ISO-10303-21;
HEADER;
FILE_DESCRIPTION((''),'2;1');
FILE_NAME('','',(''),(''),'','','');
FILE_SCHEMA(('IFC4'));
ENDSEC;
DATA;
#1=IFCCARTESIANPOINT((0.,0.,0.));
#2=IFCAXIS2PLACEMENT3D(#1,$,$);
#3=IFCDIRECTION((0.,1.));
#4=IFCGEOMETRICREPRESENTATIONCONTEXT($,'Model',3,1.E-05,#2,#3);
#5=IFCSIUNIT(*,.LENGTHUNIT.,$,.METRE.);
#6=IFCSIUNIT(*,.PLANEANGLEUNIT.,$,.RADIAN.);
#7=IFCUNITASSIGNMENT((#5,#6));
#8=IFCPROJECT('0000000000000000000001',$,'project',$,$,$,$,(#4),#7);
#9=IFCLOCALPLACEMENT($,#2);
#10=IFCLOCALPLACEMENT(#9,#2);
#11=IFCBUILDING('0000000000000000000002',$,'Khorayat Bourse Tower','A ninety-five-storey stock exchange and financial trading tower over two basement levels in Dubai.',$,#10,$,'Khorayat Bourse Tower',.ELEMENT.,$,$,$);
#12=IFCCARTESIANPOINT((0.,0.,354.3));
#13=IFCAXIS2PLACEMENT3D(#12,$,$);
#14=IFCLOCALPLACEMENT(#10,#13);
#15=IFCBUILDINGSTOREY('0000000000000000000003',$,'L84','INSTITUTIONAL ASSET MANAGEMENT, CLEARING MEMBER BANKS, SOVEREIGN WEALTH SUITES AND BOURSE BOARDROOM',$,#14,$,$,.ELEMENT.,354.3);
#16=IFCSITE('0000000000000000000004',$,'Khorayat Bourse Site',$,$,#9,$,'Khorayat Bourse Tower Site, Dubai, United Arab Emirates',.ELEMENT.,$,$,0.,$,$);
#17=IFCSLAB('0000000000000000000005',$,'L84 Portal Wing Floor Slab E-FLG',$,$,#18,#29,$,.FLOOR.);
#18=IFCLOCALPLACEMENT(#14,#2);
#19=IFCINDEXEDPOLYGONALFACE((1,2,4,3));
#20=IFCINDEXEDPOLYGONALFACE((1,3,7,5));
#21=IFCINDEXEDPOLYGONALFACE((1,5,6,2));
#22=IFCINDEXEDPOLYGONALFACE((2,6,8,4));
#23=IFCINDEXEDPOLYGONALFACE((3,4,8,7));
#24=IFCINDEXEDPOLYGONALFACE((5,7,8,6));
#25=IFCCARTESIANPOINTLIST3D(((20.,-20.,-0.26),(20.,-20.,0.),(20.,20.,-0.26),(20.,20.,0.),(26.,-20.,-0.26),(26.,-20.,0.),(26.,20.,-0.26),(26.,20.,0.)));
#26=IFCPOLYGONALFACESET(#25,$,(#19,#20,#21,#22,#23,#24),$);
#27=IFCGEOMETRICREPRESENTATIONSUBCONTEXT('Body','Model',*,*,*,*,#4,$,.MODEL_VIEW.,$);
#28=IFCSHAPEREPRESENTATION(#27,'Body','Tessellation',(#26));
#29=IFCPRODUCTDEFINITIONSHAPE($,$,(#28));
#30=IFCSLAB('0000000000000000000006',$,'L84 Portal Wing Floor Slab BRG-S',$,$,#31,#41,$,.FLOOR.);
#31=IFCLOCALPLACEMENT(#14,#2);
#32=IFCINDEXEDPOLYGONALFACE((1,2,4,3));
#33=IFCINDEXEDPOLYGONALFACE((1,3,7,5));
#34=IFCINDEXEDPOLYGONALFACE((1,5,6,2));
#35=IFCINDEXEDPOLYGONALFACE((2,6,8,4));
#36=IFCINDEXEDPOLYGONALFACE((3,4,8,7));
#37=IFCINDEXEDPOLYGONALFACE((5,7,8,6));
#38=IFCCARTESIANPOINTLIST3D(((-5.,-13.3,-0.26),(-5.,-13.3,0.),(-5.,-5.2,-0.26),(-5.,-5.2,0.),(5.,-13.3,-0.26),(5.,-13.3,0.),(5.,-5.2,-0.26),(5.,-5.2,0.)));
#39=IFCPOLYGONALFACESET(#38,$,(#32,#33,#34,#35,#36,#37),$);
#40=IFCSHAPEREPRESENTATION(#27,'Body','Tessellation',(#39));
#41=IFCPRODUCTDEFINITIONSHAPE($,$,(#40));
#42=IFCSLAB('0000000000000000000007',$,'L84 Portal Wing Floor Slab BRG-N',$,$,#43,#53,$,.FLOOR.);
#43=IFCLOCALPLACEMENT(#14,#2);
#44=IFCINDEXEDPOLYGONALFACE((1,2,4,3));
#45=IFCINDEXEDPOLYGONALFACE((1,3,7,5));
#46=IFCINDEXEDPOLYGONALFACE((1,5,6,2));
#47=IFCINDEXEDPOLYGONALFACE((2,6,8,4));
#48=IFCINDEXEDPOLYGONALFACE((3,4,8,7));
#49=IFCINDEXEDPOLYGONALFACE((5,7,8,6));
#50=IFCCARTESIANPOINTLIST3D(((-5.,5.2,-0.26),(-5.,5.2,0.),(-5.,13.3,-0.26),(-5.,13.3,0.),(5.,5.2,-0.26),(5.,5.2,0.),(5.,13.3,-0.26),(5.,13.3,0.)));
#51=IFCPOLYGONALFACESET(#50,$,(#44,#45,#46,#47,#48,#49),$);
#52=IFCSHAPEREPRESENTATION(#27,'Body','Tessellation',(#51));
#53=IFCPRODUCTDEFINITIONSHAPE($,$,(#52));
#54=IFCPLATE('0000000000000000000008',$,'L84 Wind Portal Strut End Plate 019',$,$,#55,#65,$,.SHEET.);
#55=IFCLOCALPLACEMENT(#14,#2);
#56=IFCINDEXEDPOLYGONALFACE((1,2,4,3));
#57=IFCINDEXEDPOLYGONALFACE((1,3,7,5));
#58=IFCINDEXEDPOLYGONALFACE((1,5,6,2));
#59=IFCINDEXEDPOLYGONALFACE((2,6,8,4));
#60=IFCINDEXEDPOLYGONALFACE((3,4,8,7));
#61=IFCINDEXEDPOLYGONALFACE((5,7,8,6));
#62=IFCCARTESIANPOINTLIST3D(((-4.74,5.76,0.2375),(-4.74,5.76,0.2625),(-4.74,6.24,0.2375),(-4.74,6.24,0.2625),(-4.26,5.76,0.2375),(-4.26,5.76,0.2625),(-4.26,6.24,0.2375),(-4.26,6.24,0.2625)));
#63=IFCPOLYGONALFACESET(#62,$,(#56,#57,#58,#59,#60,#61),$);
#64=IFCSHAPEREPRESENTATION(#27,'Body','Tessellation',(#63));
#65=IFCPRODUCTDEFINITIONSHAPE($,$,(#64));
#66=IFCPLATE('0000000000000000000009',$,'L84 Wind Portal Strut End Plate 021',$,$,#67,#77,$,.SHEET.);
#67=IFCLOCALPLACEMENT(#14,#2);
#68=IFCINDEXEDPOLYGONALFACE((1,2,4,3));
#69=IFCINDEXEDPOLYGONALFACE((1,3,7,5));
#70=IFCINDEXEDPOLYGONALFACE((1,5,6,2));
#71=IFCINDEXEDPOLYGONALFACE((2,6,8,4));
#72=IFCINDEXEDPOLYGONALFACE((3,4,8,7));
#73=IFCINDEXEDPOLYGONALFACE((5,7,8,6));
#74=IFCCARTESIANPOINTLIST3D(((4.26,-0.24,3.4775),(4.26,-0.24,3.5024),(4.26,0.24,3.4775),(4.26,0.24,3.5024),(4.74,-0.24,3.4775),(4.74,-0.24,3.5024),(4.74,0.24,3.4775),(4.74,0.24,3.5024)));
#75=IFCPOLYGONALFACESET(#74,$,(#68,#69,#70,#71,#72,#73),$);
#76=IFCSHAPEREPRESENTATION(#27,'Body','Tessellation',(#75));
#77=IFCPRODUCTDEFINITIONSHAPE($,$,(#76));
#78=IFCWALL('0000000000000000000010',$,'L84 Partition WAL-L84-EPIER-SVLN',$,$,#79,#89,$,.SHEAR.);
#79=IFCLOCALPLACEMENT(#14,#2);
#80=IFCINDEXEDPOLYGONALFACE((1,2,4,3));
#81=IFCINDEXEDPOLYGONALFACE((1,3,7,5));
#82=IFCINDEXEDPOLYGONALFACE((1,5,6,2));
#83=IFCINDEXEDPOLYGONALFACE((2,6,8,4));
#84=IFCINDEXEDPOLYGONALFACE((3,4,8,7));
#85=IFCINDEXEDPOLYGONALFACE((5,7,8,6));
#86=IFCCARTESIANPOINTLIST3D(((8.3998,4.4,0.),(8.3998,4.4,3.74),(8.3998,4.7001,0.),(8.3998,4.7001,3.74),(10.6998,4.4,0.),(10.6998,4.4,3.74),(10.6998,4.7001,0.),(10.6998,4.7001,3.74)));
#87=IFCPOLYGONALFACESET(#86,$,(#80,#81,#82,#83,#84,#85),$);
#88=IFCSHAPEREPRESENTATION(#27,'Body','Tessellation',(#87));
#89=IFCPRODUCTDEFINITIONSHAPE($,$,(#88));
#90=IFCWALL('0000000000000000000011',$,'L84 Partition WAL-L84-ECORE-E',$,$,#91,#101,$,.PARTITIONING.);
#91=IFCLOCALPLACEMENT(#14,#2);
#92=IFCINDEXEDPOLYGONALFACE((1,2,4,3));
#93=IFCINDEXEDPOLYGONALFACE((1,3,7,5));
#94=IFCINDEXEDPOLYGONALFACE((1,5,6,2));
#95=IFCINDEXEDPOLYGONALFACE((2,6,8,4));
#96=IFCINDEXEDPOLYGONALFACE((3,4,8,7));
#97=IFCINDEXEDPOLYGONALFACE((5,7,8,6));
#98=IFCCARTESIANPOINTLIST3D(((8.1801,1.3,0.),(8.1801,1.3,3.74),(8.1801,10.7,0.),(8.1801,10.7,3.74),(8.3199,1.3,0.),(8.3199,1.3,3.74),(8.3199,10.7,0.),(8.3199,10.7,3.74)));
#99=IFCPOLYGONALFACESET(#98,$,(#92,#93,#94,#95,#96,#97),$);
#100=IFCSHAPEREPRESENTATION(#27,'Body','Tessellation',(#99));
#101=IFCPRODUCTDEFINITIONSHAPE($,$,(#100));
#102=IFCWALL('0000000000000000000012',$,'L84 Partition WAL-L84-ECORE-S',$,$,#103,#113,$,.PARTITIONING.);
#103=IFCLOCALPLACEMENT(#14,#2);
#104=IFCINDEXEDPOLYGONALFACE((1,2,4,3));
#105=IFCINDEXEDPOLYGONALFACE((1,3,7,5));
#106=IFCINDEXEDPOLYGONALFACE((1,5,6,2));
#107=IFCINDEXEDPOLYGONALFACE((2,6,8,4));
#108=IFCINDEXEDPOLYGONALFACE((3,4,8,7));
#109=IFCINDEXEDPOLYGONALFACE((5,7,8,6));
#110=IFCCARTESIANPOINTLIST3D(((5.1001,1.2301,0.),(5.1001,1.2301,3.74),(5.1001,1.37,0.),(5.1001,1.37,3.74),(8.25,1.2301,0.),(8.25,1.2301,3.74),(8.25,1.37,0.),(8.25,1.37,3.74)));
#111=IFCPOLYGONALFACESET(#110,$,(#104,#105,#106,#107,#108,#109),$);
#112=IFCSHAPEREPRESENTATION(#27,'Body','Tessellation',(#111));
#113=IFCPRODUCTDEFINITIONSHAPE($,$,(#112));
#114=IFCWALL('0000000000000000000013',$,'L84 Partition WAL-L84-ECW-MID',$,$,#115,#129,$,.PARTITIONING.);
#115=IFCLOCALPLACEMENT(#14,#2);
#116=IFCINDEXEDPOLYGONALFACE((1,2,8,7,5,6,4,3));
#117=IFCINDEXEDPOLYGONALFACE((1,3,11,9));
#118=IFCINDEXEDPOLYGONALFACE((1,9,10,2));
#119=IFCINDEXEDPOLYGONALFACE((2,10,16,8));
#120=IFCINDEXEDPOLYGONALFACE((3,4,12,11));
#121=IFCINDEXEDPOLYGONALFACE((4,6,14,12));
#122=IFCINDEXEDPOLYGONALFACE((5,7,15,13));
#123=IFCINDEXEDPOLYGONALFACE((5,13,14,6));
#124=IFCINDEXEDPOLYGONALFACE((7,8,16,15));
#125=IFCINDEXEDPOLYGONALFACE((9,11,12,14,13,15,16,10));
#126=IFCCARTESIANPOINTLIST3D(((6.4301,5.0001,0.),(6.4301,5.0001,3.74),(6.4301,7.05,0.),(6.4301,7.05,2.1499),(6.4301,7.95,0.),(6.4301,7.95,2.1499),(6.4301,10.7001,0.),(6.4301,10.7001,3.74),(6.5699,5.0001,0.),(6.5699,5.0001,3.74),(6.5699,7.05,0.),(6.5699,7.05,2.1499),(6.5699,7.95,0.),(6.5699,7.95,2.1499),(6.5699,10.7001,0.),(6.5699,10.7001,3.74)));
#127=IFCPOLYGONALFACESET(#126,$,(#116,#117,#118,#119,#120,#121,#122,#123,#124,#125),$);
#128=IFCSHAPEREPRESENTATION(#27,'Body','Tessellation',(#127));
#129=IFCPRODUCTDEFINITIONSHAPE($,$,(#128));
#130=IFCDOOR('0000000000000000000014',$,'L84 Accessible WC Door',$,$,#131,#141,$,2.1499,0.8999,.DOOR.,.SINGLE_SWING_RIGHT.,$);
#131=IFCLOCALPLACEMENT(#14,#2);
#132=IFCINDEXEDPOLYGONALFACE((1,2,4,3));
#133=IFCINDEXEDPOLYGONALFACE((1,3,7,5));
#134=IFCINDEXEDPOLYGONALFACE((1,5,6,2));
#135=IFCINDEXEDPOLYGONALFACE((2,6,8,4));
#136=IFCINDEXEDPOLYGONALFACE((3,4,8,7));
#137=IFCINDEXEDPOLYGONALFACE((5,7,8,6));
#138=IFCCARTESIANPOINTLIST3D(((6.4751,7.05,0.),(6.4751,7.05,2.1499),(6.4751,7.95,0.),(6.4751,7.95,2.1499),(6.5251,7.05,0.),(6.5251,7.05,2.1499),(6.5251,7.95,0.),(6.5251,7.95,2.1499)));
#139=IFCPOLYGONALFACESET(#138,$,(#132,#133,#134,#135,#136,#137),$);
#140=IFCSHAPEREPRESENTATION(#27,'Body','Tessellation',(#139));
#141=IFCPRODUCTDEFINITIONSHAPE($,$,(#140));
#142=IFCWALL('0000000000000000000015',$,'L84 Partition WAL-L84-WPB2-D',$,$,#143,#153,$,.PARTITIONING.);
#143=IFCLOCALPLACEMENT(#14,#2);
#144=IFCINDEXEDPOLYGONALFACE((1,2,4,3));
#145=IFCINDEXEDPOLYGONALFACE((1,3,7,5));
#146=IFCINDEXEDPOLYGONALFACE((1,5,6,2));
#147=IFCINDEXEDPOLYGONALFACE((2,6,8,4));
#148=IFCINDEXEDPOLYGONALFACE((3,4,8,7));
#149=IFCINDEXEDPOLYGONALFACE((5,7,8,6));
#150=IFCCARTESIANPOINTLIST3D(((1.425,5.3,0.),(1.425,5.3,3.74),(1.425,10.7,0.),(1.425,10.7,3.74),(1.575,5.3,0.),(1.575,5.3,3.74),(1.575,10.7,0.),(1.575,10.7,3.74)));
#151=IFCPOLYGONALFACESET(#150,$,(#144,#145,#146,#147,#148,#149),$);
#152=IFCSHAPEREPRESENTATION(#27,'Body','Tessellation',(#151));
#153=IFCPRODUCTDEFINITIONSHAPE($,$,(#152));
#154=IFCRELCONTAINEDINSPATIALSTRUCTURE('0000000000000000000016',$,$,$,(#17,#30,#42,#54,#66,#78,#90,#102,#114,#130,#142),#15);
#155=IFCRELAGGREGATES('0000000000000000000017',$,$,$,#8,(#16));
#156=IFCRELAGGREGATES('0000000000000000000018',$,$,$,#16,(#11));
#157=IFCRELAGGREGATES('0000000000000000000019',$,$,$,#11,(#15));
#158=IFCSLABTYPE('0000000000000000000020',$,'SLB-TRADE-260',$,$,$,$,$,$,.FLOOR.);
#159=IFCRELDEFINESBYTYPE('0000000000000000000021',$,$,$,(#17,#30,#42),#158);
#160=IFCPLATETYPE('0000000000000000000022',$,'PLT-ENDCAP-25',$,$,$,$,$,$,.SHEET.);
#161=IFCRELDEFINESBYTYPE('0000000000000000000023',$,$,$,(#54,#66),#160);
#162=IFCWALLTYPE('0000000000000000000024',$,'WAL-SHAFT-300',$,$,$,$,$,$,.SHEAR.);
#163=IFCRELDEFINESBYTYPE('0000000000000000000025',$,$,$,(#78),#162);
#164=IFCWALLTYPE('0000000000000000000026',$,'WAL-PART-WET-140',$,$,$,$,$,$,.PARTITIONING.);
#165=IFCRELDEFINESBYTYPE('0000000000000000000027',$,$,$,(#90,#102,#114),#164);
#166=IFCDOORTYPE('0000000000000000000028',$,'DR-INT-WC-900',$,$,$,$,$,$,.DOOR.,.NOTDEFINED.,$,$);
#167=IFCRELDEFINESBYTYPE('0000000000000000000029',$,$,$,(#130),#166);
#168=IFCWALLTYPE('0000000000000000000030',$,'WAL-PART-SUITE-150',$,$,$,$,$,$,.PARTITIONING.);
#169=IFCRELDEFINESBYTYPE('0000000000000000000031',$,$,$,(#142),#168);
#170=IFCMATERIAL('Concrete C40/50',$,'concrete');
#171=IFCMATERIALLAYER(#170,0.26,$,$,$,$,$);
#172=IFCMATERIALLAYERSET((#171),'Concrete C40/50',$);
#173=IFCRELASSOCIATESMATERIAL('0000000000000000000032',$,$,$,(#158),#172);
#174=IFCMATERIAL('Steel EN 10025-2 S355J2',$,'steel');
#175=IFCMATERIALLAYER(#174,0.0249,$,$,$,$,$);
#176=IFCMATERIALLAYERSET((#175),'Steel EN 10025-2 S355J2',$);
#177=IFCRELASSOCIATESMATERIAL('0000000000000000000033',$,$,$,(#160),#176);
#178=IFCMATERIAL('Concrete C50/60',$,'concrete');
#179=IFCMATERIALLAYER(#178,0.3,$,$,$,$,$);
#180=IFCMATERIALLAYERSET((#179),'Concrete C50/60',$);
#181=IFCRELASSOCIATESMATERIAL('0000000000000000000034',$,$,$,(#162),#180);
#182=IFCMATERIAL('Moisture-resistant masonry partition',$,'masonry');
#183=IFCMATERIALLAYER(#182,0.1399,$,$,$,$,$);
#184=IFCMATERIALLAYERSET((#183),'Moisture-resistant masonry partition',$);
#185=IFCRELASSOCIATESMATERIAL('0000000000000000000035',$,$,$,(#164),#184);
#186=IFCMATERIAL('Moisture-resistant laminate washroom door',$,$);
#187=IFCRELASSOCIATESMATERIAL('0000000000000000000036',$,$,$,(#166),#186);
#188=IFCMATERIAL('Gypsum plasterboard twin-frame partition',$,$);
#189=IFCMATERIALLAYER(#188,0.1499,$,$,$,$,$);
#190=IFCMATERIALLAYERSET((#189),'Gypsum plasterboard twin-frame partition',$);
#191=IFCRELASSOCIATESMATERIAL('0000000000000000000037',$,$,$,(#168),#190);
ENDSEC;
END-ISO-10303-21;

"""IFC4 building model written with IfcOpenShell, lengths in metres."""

from ifc_helpers import new_model, si_unit, direction, frame, frame_2d, origin, origin_2d, place, context, subcontext, project, spatial, polyline, rectangle, outline, extrude, source, transform, mapped, material, layer, layer_set, type_object, element, fill, save


model = new_model("IFC4")

# Units and contexts
model_context = context("Model", 3, precision=1e-05, world=origin(), true_north=direction((0.0, 1.0)))
body_context = subcontext(model_context, "Body", "Model", "MODEL_VIEW")
ifc_project = project(units=[si_unit("LENGTHUNIT", "METRE"), si_unit("PLANEANGLEUNIT", "RADIAN")], contexts=[model_context])

# Site, building, storey
site_placement = place(None, origin())
site = spatial("IfcSite", under=ifc_project, at=site_placement, Name="Khorayat Bourse Site", LongName="Khorayat Bourse Tower Site, Dubai, United Arab Emirates", CompositionType="ELEMENT", RefElevation=0.0)
building_placement = place(site_placement, origin())
building = spatial("IfcBuilding", under=site, at=building_placement, Name="Khorayat Bourse Tower", Description="A ninety-five-storey stock exchange and financial trading tower over two basement levels in Dubai.", LongName="Khorayat Bourse Tower", CompositionType="ELEMENT")
storey_placement = place(building_placement, frame((0.0, 0.0, 354.3)))
storey = spatial("IfcBuildingStorey", under=building, at=storey_placement, Name="L84", Description="INSTITUTIONAL ASSET MANAGEMENT, CLEARING MEMBER BANKS, SOVEREIGN WEALTH SUITES AND BOURSE BOARDROOM", CompositionType="ELEMENT", Elevation=354.3)

# Shared definitions
ifc_material_1 = material(Name="Steel EN 10025-2 S355J2", Category="steel")

# Shared definitions
ifc_material_2 = material(Name="Concrete C40/50", Category="concrete")

# Slabs
ifc_layer_1 = layer(ifc_material_2, 0.26)
ifc_layer_set_1 = layer_set([ifc_layer_1], Name="Concrete C40/50")
slab_type_1 = type_object("IfcSlabType", Name="SLB-TRADE-260", PredefinedType="FLOOR", material=ifc_layer_set_1)
slab_1_placement = place(storey_placement, frame((0.0, 0.0, -0.26)))
element("IfcSlab", 1, at=slab_1_placement, inside=storey, type_object=slab_type_1, Name="L84 Portal Wing Floor Slab E-FLG", PredefinedType="FLOOR", context=body_context, shape_type="SweptSolid", body=[
    extrude(outline(polyline([(20.0, -20.0), (26.0, -20.0), (26.0, 20.0), (20.0, 20.0), (20.0, -20.0)])), origin(), (0.0, 0.0, 1.0), 0.26),
])
slab_2_placement = place(storey_placement, frame((0.0, 0.0, -0.26)))
element("IfcSlab", 2, at=slab_2_placement, inside=storey, type_object=slab_type_1, Name="L84 Portal Wing Floor Slab BRG-S", PredefinedType="FLOOR", context=body_context, shape_type="SweptSolid", body=[
    extrude(outline(polyline([(-5.0, -13.3), (5.0, -13.3), (5.0, -5.2), (-5.0, -5.2), (-5.0, -13.3)])), origin(), (0.0, 0.0, 1.0), 0.26),
])
slab_3_placement = place(storey_placement, frame((0.0, 0.0, -0.26)))
element("IfcSlab", 3, at=slab_3_placement, inside=storey, type_object=slab_type_1, Name="L84 Portal Wing Floor Slab BRG-N", PredefinedType="FLOOR", context=body_context, shape_type="SweptSolid", body=[
    extrude(outline(polyline([(-5.0, 5.2), (5.0, 5.2), (5.0, 13.3), (-5.0, 13.3), (-5.0, 5.2)])), origin(), (0.0, 0.0, 1.0), 0.26),
])

# Plates
ifc_layer_2 = layer(ifc_material_1, 0.0249)
ifc_layer_set_2 = layer_set([ifc_layer_2], Name="Steel EN 10025-2 S355J2")
plate_type = type_object("IfcPlateType", Name="PLT-ENDCAP-25", PredefinedType="SHEET", material=ifc_layer_set_2)
shared_shape_1 = source(origin(), body_context, "Body", "SweptSolid", [
    extrude(rectangle(XDim=0.48, YDim=0.48, at=origin_2d()), origin(), (0.0, 0.0, 1.0), 0.0249),
])
for number, where, z_axis, x_axis, name in (
    (4, (-4.5, 6.0, 0.2375), (0.0, 0.0, 1.0), (1.0, 0.0, 0.0), "L84 Wind Portal Strut End Plate 019"),
    (5, (4.5, 0.0, 3.4775), (0.0, 0.0, 1.0), (1.0, 0.0, 0.0), "L84 Wind Portal Strut End Plate 021"),
):
    element("IfcPlate", number, at=place(storey_placement, frame(where, z_axis=z_axis, x_axis=x_axis)), inside=storey, type_object=plate_type, Name=name, PredefinedType="SHEET", context=body_context, shape_type="MappedRepresentation", body=[
        mapped(shared_shape_1, transform((0.0, 0.0, 0.0), scale=1.0)),
    ])

# Walls
ifc_material_3 = material(Name="Concrete C50/60", Category="concrete")
ifc_layer_3 = layer(ifc_material_3, 0.3)
ifc_layer_set_3 = layer_set([ifc_layer_3], Name="Concrete C50/60")
wall_type_1 = type_object("IfcWallType", Name="WAL-SHAFT-300", PredefinedType="SHEAR", material=ifc_layer_set_3)
shared_shape_2 = source(origin(), body_context, "Body", "SweptSolid", [
    extrude(rectangle(XDim=2.3, YDim=0.3, at=frame_2d((1.1499, 0.0))), origin(), (0.0, 0.0, 1.0), 3.74),
])
wall_1_placement = place(storey_placement, frame((8.3999, 4.55, 0.0), z_axis=(0.0, 0.0, 1.0), x_axis=(1.0, 0.0, 0.0)))
element("IfcWall", 6, at=wall_1_placement, inside=storey, type_object=wall_type_1, Name="L84 Partition WAL-L84-EPIER-SVLN", PredefinedType="SHEAR", context=body_context, shape_type="MappedRepresentation", body=[
    mapped(shared_shape_2, transform((0.0, 0.0, 0.0), scale=1.0)),
])
ifc_material_4 = material(Name="Moisture-resistant masonry partition", Category="masonry")
ifc_layer_4 = layer(ifc_material_4, 0.1399)
ifc_layer_set_4 = layer_set([ifc_layer_4], Name="Moisture-resistant masonry partition")
wall_type_2 = type_object("IfcWallType", Name="WAL-PART-WET-140", PredefinedType="PARTITIONING", material=ifc_layer_set_4)
shared_shape_3 = source(origin(), body_context, "Body", "SweptSolid", [
    extrude(rectangle(XDim=9.3999, YDim=0.1399, at=frame_2d((4.7, 0.0))), origin(), (0.0, 0.0, 1.0), 3.74),
])
wall_2_placement = place(storey_placement, frame((8.25, 1.3, 0.0), z_axis=(0.0, 0.0, 1.0), x_axis=(0.0, 1.0, 0.0)))
element("IfcWall", 7, at=wall_2_placement, inside=storey, type_object=wall_type_2, Name="L84 Partition WAL-L84-ECORE-E", PredefinedType="PARTITIONING", context=body_context, shape_type="MappedRepresentation", body=[
    mapped(shared_shape_3, transform((0.0, 0.0, 0.0), scale=1.0)),
])
shared_shape_4 = source(origin(), body_context, "Body", "SweptSolid", [
    extrude(rectangle(XDim=3.1499, YDim=0.1399, at=frame_2d((1.575, 0.0))), origin(), (0.0, 0.0, 1.0), 3.74),
])
wall_3_placement = place(storey_placement, frame((5.1001, 1.3, 0.0), z_axis=(0.0, 0.0, 1.0), x_axis=(1.0, 0.0, 0.0)))
element("IfcWall", 8, at=wall_3_placement, inside=storey, type_object=wall_type_2, Name="L84 Partition WAL-L84-ECORE-S", PredefinedType="PARTITIONING", context=body_context, shape_type="MappedRepresentation", body=[
    mapped(shared_shape_4, transform((0.0, 0.0, 0.0), scale=1.0)),
])

# Wall, opening, door
shared_shape_5 = source(origin(), body_context, "Body", "SweptSolid", [
    extrude(rectangle(XDim=0.8999, YDim=2.1499, at=frame_2d((0.45, 1.075))), frame((0.0, 0.0798, 0.0), z_axis=(0.0, -1.0, 0.0), x_axis=(1.0, 0.0, 0.0)), (0.0, 0.0, 1.0), 0.1599),
])
ifc_material_5 = material(Name="Moisture-resistant laminate washroom door")
door_type = type_object("IfcDoorType", Name="DR-INT-WC-900", OperationType="NOTDEFINED", PredefinedType="DOOR", material=ifc_material_5)
shared_shape_6 = source(origin(), body_context, "Body", "SweptSolid", [
    extrude(rectangle(XDim=0.8999, YDim=2.1499, at=frame_2d((0.45, 1.075))), frame((0.0, 0.0249, 0.0), z_axis=(0.0, -1.0, 0.0), x_axis=(1.0, 0.0, 0.0)), (0.0, 0.0, 1.0), 0.05),
])
shared_shape_7 = source(origin(), body_context, "Body", "SweptSolid", [
    extrude(rectangle(XDim=5.7, YDim=0.1399, at=frame_2d((2.8501, 0.0))), origin(), (0.0, 0.0, 1.0), 3.74),
])
wall_4_placement = place(storey_placement, frame((6.5, 5.0, 0.0), z_axis=(0.0, 0.0, 1.0), x_axis=(0.0, 1.0, 0.0)))
wall_4 = element("IfcWall", 9, at=wall_4_placement, inside=storey, type_object=wall_type_2, Name="L84 Partition WAL-L84-ECW-MID", PredefinedType="PARTITIONING", context=body_context, shape_type="MappedRepresentation", body=[
    mapped(shared_shape_7, transform((0.0, 0.0, 0.0), scale=1.0)),
])
opening_1_placement = place(wall_4_placement, frame((2.05, 0.0, 0.0)))
opening_1 = element("IfcOpeningElement", 10, at=opening_1_placement, cuts=wall_4, PredefinedType="OPENING", context=body_context, shape_type="MappedRepresentation", body=[
    mapped(shared_shape_5, transform((0.0, 0.0, 0.0), scale=1.0)),
])
door_1_placement = place(opening_1_placement, origin())
door_1 = element("IfcDoor", 11, at=door_1_placement, inside=storey, type_object=door_type, Name="L84 Accessible WC Door", OperationType="SINGLE_SWING_RIGHT", OverallHeight=2.1499, OverallWidth=0.8999, PredefinedType="DOOR", context=body_context, shape_type="MappedRepresentation", body=[
    mapped(shared_shape_6, transform((0.0, 0.0, 0.0), scale=1.0)),
])
fill(opening_1, door_1)

# Wall
ifc_material_6 = material(Name="Gypsum plasterboard twin-frame partition")
ifc_layer_5 = layer(ifc_material_6, 0.1499)
ifc_layer_set_5 = layer_set([ifc_layer_5], Name="Gypsum plasterboard twin-frame partition")
wall_type_3 = type_object("IfcWallType", Name="WAL-PART-SUITE-150", PredefinedType="PARTITIONING", material=ifc_layer_set_5)
shared_shape_8 = source(origin(), body_context, "Body", "SweptSolid", [
    extrude(rectangle(XDim=5.3999, YDim=0.1499, at=frame_2d((2.7, 0.0))), origin(), (0.0, 0.0, 1.0), 3.74),
])
wall_5_placement = place(storey_placement, frame((1.5, 5.3, 0.0), z_axis=(0.0, 0.0, 1.0), x_axis=(0.0, 1.0, 0.0)))
element("IfcWall", 12, at=wall_5_placement, inside=storey, type_object=wall_type_3, Name="L84 Partition WAL-L84-WPB2-D", PredefinedType="PARTITIONING", context=body_context, shape_type="MappedRepresentation", body=[
    mapped(shared_shape_8, transform((0.0, 0.0, 0.0), scale=1.0)),
])

save(model, "model.ifc")
